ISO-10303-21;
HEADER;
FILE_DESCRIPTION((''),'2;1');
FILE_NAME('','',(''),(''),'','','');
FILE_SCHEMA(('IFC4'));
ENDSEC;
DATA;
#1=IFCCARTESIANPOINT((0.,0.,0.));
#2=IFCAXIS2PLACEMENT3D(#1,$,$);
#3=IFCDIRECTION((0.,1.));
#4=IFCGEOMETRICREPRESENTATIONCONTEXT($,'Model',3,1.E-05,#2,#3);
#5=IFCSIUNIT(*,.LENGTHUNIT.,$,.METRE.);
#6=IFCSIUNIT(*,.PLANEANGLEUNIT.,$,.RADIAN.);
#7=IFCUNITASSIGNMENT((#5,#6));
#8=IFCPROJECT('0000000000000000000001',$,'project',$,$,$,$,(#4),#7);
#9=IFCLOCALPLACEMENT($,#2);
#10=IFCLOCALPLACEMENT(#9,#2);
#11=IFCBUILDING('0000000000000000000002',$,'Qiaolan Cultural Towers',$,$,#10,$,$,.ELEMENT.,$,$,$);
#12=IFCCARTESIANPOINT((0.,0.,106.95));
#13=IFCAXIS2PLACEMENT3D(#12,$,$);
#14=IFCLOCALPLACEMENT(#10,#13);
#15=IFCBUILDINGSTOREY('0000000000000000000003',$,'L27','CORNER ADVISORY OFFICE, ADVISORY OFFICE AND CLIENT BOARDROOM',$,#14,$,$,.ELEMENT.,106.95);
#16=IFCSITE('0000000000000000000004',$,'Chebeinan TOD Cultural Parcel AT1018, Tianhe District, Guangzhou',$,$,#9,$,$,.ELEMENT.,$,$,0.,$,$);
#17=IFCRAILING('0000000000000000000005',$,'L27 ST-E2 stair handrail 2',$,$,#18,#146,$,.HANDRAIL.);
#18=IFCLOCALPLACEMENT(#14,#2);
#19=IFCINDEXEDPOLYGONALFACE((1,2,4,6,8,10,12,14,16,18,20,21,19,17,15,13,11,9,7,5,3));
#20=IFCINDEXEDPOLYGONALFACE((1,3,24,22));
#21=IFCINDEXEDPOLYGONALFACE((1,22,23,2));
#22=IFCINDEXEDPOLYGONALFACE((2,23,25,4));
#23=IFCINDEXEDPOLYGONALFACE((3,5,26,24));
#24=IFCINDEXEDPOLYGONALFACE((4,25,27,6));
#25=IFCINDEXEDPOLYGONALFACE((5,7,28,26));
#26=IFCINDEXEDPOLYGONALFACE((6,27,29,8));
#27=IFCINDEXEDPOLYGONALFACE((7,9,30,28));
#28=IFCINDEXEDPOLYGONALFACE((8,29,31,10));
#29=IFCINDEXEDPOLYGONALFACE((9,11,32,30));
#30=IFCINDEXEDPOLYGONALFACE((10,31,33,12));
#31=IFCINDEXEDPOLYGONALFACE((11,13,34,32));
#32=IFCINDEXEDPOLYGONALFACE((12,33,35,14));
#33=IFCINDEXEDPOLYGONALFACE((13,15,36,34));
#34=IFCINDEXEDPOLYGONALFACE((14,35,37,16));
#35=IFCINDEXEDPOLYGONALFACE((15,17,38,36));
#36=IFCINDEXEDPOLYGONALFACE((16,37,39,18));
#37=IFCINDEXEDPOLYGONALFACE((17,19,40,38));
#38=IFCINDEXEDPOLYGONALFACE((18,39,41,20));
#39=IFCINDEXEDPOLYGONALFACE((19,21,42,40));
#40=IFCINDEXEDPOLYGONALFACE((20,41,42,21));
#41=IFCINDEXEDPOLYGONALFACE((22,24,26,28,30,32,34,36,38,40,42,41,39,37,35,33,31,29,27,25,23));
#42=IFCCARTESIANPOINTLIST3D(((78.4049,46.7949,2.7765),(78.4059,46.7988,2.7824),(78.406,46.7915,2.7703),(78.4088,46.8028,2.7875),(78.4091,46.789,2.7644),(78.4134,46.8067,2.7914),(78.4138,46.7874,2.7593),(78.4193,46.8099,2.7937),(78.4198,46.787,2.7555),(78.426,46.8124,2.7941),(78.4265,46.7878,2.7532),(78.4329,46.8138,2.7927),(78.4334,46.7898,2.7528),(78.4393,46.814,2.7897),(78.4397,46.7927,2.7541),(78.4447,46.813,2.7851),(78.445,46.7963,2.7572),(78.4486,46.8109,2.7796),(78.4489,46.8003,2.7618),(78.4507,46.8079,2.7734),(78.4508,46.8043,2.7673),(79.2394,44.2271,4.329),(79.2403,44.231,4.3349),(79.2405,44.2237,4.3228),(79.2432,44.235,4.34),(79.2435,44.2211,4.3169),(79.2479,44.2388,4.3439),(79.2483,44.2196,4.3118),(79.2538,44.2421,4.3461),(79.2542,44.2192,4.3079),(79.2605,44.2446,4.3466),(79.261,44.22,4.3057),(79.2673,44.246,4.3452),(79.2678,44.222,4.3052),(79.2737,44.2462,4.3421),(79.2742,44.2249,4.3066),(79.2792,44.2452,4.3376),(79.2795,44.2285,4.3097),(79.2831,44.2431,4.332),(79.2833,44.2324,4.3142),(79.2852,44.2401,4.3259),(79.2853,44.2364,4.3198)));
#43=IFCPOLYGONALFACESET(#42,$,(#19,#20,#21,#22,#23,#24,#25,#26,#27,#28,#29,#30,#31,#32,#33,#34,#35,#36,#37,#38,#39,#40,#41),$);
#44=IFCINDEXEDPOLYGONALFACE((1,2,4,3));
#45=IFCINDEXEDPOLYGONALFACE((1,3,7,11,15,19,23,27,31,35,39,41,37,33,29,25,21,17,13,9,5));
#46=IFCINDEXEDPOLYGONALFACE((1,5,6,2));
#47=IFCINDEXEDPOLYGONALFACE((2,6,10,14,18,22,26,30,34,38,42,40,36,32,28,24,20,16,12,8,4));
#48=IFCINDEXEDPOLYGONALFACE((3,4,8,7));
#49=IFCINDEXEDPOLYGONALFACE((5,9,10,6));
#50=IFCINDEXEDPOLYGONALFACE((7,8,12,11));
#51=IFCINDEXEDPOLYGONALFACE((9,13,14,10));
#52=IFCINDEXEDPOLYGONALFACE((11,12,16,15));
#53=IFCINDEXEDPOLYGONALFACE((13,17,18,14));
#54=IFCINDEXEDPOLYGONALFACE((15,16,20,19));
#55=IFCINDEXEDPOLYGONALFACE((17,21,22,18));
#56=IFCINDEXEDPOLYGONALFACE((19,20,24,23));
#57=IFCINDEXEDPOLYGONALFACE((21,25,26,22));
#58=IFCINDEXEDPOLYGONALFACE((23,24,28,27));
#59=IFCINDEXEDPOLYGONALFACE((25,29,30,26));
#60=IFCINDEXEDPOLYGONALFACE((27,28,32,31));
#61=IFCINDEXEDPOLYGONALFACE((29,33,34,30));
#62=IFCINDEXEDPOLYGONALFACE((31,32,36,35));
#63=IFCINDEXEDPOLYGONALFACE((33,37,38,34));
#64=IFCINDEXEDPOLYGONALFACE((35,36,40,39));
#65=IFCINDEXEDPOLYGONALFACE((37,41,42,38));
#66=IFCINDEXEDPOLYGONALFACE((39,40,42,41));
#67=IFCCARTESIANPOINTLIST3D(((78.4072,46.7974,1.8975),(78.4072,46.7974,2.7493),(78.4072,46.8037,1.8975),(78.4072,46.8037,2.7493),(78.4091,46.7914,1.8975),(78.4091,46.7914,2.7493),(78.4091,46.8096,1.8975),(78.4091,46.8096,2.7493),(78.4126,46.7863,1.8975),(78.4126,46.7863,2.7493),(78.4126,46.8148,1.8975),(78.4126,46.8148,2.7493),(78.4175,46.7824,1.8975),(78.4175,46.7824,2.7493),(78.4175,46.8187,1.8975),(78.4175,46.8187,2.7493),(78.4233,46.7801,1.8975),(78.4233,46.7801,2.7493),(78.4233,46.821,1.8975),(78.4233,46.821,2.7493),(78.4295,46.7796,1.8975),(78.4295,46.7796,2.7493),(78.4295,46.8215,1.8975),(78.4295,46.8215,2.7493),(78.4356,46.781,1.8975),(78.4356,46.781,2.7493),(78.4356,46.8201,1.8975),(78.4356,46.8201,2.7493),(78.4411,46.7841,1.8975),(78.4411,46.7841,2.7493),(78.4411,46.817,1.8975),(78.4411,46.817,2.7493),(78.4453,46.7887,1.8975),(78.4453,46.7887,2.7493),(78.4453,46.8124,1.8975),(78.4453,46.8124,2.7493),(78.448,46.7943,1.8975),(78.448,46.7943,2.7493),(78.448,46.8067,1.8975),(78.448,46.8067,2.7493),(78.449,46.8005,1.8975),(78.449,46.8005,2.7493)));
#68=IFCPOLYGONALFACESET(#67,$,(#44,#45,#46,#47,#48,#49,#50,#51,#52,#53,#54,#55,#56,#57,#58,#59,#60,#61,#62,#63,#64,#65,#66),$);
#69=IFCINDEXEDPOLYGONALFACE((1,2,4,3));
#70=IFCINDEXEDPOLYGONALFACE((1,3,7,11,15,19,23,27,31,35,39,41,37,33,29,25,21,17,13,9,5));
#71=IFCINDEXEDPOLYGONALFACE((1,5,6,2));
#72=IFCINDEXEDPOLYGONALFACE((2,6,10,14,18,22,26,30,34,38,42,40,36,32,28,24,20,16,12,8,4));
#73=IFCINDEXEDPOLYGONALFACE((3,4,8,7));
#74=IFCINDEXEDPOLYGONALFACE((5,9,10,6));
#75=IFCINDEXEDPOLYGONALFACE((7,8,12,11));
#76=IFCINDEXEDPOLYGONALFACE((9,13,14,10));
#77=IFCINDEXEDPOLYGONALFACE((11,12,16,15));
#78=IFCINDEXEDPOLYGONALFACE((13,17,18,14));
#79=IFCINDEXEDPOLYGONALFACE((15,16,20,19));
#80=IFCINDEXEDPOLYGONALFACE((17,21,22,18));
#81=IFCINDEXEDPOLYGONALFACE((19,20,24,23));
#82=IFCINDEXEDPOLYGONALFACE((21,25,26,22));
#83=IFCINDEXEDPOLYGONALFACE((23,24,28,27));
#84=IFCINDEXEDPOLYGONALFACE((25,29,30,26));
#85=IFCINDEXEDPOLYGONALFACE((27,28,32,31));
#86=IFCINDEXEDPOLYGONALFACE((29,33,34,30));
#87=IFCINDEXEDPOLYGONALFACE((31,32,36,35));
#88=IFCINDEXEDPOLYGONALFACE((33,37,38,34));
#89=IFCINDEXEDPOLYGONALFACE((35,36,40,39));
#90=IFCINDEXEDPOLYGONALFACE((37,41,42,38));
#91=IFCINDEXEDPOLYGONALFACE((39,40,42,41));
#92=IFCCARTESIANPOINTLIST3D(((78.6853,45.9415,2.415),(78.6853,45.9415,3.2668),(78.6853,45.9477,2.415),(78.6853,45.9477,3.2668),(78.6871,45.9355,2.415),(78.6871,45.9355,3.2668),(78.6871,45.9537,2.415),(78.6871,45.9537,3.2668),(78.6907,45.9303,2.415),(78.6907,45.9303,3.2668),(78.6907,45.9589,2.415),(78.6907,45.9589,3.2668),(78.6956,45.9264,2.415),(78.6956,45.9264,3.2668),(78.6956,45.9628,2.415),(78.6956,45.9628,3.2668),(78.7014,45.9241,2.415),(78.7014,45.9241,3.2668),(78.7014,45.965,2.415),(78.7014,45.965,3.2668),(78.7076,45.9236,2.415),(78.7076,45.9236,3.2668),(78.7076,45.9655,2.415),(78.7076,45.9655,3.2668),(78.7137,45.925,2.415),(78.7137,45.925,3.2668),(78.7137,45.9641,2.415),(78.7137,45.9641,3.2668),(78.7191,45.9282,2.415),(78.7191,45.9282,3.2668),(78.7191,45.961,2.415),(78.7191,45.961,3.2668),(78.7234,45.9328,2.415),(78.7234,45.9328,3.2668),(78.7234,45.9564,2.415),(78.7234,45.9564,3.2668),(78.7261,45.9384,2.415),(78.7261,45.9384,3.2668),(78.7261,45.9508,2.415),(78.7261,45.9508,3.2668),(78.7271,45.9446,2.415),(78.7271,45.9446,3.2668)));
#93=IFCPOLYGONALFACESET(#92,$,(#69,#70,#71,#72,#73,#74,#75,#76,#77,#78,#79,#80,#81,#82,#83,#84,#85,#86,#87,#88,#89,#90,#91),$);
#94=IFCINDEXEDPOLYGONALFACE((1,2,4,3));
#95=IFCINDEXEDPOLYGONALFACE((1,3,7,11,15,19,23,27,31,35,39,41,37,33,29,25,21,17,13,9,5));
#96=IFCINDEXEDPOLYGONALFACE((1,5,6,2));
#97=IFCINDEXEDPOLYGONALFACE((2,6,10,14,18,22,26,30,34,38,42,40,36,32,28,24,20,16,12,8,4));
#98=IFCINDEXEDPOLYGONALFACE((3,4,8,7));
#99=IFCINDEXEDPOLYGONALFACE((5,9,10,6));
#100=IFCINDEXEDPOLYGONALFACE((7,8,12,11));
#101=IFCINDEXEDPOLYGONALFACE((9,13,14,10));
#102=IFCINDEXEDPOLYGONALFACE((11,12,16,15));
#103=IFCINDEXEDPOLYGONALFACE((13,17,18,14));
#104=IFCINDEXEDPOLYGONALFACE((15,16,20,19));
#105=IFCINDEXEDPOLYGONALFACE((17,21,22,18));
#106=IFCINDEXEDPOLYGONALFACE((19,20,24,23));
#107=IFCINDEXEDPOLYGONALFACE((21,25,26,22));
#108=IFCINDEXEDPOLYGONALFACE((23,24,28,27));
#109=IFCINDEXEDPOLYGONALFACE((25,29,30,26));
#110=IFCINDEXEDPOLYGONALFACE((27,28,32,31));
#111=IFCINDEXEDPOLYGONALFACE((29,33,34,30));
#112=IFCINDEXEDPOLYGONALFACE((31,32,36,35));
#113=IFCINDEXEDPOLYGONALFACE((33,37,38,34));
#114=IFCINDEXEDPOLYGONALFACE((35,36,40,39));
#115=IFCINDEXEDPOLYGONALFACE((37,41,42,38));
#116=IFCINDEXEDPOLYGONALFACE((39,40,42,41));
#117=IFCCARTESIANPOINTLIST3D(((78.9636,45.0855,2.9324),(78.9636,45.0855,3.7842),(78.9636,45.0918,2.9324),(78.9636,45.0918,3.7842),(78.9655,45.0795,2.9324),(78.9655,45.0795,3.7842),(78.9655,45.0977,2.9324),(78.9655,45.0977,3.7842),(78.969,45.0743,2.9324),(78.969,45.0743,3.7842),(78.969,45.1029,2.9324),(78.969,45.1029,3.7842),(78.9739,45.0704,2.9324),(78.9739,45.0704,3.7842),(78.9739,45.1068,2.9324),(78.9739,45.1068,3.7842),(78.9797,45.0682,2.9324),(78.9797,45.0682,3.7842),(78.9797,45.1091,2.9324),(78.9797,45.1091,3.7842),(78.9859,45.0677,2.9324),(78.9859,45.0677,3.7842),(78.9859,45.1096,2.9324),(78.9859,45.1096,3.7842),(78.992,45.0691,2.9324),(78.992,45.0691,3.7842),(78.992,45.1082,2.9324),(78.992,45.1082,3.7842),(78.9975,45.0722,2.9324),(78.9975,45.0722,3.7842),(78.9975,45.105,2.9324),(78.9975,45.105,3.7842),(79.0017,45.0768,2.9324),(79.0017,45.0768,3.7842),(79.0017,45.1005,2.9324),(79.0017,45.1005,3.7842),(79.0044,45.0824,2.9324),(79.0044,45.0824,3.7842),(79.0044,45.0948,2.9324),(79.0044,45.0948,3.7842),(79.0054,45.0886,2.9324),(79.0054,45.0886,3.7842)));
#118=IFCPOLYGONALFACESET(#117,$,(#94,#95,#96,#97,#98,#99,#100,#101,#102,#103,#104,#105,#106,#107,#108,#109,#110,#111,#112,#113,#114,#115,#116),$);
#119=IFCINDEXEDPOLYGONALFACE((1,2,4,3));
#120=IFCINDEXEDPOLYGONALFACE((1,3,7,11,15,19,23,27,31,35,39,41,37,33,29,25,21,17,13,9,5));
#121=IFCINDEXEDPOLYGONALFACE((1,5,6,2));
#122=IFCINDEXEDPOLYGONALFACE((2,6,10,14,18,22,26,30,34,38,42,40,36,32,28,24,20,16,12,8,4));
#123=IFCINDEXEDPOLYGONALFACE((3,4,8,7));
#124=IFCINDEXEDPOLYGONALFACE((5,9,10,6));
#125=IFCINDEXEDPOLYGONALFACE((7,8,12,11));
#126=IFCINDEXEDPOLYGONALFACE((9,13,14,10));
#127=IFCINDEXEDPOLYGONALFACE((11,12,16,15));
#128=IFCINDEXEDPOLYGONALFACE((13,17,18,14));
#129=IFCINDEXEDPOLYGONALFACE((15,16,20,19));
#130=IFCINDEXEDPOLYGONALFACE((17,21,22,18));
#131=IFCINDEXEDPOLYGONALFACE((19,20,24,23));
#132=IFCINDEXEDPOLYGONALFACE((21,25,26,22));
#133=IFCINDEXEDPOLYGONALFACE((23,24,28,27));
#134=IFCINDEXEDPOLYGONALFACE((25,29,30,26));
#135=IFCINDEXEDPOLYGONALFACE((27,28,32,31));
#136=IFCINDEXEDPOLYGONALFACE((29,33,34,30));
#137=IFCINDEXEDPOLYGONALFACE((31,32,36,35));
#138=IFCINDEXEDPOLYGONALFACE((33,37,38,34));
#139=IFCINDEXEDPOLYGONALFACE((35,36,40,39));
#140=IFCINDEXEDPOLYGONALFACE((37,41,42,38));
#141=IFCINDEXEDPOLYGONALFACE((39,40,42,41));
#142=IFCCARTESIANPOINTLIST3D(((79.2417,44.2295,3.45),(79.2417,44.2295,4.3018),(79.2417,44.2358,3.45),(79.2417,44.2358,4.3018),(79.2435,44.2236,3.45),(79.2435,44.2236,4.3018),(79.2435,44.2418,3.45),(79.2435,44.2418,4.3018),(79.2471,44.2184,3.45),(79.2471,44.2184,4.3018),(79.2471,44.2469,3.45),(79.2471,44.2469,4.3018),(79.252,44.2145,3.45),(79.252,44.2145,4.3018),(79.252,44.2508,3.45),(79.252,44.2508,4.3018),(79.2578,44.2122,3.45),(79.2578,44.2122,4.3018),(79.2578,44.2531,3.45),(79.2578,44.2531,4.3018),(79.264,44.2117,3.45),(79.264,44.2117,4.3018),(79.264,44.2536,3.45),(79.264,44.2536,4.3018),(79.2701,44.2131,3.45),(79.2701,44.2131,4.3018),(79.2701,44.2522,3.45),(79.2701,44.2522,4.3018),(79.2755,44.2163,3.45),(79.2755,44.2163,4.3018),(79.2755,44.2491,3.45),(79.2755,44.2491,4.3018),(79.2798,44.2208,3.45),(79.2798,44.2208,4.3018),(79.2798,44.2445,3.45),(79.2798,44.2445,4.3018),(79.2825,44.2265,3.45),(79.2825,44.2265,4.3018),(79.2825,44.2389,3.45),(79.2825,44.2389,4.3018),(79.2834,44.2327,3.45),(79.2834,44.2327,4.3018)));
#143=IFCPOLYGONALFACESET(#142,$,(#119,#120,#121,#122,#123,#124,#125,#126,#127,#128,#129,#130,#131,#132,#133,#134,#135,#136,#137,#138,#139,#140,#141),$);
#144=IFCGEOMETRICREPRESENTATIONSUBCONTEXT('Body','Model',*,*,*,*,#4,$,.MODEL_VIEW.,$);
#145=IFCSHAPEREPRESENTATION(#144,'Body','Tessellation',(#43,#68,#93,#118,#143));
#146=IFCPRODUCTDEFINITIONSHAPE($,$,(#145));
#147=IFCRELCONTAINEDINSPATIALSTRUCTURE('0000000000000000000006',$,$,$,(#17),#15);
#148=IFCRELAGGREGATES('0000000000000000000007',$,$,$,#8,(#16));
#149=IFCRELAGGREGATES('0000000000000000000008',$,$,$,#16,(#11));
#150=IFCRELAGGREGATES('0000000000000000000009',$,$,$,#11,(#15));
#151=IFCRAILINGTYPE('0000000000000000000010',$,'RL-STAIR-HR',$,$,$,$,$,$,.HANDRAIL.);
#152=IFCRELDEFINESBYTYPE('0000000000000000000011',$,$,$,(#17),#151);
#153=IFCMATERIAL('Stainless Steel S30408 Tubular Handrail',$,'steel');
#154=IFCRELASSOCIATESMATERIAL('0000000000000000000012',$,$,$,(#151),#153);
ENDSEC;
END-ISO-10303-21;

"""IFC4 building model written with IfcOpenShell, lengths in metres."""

from ifc_helpers import new_model, si_unit, direction, frame, origin, origin_2d, place, context, subcontext, project, spatial, circle, extrude, material, type_object, element, save


model = new_model("IFC4")

# Units and contexts
model_context = context("Model", 3, precision=1e-05, world=origin(), true_north=direction((0.0, 1.0)))
body_context = subcontext(model_context, "Body", "Model", "MODEL_VIEW")
ifc_project = project(units=[si_unit("LENGTHUNIT", "METRE"), si_unit("PLANEANGLEUNIT", "RADIAN")], contexts=[model_context])

# Site, building, storey
site_placement = place(None, origin())
site = spatial("IfcSite", under=ifc_project, at=site_placement, Name="Chebeinan TOD Cultural Parcel AT1018, Tianhe District, Guangzhou", CompositionType="ELEMENT", RefElevation=0.0)
building_placement = place(site_placement, origin())
building = spatial("IfcBuilding", under=site, at=building_placement, Name="Qiaolan Cultural Towers", CompositionType="ELEMENT")
storey_placement = place(building_placement, frame((0.0, 0.0, 106.95)))
storey = spatial("IfcBuildingStorey", under=building, at=storey_placement, Name="L27", Description="CORNER ADVISORY OFFICE, ADVISORY OFFICE AND CLIENT BOARDROOM", CompositionType="ELEMENT", Elevation=106.95)

# Railing
ifc_material_1 = material(Name="Stainless Steel S30408 Tubular Handrail", Category="steel")
railing_type_1 = type_object("IfcRailingType", Name="RL-STAIR-HR", PredefinedType="HANDRAIL", material=ifc_material_1)
railing_1_placement = place(storey_placement, frame((78.428, 46.8005, 1.8975)))
element("IfcRailing", 1, at=railing_1_placement, inside=storey, type_object=railing_type_1, Name="L27 ST-E2 stair handrail 2", PredefinedType="HANDRAIL", context=body_context, shape_type="SweptSolid", body=[
    extrude(circle(Radius=0.0239, at=origin_2d()), frame((0.0, 0.0, 0.876), z_axis=(0.267926, -0.824471, 0.498461), x_axis=(0.951043, 0.309057, 0.0)), (0.0, 0.0, 1.0), 3.1145),
    extrude(circle(Radius=0.021, at=origin_2d()), origin(), (0.0, 0.0, 1.0), 0.8518),
    extrude(circle(Radius=0.021, at=origin_2d()), frame((0.2781, -0.856, 0.5176)), (0.0, 0.0, 1.0), 0.8518),
    extrude(circle(Radius=0.021, at=origin_2d()), frame((0.5564, -1.7119, 1.0349)), (0.0, 0.0, 1.0), 0.8518),
    extrude(circle(Radius=0.021, at=origin_2d()), frame((0.8345, -2.5679, 1.5525)), (0.0, 0.0, 1.0), 0.8518),
])

save(model, "model.ifc")
